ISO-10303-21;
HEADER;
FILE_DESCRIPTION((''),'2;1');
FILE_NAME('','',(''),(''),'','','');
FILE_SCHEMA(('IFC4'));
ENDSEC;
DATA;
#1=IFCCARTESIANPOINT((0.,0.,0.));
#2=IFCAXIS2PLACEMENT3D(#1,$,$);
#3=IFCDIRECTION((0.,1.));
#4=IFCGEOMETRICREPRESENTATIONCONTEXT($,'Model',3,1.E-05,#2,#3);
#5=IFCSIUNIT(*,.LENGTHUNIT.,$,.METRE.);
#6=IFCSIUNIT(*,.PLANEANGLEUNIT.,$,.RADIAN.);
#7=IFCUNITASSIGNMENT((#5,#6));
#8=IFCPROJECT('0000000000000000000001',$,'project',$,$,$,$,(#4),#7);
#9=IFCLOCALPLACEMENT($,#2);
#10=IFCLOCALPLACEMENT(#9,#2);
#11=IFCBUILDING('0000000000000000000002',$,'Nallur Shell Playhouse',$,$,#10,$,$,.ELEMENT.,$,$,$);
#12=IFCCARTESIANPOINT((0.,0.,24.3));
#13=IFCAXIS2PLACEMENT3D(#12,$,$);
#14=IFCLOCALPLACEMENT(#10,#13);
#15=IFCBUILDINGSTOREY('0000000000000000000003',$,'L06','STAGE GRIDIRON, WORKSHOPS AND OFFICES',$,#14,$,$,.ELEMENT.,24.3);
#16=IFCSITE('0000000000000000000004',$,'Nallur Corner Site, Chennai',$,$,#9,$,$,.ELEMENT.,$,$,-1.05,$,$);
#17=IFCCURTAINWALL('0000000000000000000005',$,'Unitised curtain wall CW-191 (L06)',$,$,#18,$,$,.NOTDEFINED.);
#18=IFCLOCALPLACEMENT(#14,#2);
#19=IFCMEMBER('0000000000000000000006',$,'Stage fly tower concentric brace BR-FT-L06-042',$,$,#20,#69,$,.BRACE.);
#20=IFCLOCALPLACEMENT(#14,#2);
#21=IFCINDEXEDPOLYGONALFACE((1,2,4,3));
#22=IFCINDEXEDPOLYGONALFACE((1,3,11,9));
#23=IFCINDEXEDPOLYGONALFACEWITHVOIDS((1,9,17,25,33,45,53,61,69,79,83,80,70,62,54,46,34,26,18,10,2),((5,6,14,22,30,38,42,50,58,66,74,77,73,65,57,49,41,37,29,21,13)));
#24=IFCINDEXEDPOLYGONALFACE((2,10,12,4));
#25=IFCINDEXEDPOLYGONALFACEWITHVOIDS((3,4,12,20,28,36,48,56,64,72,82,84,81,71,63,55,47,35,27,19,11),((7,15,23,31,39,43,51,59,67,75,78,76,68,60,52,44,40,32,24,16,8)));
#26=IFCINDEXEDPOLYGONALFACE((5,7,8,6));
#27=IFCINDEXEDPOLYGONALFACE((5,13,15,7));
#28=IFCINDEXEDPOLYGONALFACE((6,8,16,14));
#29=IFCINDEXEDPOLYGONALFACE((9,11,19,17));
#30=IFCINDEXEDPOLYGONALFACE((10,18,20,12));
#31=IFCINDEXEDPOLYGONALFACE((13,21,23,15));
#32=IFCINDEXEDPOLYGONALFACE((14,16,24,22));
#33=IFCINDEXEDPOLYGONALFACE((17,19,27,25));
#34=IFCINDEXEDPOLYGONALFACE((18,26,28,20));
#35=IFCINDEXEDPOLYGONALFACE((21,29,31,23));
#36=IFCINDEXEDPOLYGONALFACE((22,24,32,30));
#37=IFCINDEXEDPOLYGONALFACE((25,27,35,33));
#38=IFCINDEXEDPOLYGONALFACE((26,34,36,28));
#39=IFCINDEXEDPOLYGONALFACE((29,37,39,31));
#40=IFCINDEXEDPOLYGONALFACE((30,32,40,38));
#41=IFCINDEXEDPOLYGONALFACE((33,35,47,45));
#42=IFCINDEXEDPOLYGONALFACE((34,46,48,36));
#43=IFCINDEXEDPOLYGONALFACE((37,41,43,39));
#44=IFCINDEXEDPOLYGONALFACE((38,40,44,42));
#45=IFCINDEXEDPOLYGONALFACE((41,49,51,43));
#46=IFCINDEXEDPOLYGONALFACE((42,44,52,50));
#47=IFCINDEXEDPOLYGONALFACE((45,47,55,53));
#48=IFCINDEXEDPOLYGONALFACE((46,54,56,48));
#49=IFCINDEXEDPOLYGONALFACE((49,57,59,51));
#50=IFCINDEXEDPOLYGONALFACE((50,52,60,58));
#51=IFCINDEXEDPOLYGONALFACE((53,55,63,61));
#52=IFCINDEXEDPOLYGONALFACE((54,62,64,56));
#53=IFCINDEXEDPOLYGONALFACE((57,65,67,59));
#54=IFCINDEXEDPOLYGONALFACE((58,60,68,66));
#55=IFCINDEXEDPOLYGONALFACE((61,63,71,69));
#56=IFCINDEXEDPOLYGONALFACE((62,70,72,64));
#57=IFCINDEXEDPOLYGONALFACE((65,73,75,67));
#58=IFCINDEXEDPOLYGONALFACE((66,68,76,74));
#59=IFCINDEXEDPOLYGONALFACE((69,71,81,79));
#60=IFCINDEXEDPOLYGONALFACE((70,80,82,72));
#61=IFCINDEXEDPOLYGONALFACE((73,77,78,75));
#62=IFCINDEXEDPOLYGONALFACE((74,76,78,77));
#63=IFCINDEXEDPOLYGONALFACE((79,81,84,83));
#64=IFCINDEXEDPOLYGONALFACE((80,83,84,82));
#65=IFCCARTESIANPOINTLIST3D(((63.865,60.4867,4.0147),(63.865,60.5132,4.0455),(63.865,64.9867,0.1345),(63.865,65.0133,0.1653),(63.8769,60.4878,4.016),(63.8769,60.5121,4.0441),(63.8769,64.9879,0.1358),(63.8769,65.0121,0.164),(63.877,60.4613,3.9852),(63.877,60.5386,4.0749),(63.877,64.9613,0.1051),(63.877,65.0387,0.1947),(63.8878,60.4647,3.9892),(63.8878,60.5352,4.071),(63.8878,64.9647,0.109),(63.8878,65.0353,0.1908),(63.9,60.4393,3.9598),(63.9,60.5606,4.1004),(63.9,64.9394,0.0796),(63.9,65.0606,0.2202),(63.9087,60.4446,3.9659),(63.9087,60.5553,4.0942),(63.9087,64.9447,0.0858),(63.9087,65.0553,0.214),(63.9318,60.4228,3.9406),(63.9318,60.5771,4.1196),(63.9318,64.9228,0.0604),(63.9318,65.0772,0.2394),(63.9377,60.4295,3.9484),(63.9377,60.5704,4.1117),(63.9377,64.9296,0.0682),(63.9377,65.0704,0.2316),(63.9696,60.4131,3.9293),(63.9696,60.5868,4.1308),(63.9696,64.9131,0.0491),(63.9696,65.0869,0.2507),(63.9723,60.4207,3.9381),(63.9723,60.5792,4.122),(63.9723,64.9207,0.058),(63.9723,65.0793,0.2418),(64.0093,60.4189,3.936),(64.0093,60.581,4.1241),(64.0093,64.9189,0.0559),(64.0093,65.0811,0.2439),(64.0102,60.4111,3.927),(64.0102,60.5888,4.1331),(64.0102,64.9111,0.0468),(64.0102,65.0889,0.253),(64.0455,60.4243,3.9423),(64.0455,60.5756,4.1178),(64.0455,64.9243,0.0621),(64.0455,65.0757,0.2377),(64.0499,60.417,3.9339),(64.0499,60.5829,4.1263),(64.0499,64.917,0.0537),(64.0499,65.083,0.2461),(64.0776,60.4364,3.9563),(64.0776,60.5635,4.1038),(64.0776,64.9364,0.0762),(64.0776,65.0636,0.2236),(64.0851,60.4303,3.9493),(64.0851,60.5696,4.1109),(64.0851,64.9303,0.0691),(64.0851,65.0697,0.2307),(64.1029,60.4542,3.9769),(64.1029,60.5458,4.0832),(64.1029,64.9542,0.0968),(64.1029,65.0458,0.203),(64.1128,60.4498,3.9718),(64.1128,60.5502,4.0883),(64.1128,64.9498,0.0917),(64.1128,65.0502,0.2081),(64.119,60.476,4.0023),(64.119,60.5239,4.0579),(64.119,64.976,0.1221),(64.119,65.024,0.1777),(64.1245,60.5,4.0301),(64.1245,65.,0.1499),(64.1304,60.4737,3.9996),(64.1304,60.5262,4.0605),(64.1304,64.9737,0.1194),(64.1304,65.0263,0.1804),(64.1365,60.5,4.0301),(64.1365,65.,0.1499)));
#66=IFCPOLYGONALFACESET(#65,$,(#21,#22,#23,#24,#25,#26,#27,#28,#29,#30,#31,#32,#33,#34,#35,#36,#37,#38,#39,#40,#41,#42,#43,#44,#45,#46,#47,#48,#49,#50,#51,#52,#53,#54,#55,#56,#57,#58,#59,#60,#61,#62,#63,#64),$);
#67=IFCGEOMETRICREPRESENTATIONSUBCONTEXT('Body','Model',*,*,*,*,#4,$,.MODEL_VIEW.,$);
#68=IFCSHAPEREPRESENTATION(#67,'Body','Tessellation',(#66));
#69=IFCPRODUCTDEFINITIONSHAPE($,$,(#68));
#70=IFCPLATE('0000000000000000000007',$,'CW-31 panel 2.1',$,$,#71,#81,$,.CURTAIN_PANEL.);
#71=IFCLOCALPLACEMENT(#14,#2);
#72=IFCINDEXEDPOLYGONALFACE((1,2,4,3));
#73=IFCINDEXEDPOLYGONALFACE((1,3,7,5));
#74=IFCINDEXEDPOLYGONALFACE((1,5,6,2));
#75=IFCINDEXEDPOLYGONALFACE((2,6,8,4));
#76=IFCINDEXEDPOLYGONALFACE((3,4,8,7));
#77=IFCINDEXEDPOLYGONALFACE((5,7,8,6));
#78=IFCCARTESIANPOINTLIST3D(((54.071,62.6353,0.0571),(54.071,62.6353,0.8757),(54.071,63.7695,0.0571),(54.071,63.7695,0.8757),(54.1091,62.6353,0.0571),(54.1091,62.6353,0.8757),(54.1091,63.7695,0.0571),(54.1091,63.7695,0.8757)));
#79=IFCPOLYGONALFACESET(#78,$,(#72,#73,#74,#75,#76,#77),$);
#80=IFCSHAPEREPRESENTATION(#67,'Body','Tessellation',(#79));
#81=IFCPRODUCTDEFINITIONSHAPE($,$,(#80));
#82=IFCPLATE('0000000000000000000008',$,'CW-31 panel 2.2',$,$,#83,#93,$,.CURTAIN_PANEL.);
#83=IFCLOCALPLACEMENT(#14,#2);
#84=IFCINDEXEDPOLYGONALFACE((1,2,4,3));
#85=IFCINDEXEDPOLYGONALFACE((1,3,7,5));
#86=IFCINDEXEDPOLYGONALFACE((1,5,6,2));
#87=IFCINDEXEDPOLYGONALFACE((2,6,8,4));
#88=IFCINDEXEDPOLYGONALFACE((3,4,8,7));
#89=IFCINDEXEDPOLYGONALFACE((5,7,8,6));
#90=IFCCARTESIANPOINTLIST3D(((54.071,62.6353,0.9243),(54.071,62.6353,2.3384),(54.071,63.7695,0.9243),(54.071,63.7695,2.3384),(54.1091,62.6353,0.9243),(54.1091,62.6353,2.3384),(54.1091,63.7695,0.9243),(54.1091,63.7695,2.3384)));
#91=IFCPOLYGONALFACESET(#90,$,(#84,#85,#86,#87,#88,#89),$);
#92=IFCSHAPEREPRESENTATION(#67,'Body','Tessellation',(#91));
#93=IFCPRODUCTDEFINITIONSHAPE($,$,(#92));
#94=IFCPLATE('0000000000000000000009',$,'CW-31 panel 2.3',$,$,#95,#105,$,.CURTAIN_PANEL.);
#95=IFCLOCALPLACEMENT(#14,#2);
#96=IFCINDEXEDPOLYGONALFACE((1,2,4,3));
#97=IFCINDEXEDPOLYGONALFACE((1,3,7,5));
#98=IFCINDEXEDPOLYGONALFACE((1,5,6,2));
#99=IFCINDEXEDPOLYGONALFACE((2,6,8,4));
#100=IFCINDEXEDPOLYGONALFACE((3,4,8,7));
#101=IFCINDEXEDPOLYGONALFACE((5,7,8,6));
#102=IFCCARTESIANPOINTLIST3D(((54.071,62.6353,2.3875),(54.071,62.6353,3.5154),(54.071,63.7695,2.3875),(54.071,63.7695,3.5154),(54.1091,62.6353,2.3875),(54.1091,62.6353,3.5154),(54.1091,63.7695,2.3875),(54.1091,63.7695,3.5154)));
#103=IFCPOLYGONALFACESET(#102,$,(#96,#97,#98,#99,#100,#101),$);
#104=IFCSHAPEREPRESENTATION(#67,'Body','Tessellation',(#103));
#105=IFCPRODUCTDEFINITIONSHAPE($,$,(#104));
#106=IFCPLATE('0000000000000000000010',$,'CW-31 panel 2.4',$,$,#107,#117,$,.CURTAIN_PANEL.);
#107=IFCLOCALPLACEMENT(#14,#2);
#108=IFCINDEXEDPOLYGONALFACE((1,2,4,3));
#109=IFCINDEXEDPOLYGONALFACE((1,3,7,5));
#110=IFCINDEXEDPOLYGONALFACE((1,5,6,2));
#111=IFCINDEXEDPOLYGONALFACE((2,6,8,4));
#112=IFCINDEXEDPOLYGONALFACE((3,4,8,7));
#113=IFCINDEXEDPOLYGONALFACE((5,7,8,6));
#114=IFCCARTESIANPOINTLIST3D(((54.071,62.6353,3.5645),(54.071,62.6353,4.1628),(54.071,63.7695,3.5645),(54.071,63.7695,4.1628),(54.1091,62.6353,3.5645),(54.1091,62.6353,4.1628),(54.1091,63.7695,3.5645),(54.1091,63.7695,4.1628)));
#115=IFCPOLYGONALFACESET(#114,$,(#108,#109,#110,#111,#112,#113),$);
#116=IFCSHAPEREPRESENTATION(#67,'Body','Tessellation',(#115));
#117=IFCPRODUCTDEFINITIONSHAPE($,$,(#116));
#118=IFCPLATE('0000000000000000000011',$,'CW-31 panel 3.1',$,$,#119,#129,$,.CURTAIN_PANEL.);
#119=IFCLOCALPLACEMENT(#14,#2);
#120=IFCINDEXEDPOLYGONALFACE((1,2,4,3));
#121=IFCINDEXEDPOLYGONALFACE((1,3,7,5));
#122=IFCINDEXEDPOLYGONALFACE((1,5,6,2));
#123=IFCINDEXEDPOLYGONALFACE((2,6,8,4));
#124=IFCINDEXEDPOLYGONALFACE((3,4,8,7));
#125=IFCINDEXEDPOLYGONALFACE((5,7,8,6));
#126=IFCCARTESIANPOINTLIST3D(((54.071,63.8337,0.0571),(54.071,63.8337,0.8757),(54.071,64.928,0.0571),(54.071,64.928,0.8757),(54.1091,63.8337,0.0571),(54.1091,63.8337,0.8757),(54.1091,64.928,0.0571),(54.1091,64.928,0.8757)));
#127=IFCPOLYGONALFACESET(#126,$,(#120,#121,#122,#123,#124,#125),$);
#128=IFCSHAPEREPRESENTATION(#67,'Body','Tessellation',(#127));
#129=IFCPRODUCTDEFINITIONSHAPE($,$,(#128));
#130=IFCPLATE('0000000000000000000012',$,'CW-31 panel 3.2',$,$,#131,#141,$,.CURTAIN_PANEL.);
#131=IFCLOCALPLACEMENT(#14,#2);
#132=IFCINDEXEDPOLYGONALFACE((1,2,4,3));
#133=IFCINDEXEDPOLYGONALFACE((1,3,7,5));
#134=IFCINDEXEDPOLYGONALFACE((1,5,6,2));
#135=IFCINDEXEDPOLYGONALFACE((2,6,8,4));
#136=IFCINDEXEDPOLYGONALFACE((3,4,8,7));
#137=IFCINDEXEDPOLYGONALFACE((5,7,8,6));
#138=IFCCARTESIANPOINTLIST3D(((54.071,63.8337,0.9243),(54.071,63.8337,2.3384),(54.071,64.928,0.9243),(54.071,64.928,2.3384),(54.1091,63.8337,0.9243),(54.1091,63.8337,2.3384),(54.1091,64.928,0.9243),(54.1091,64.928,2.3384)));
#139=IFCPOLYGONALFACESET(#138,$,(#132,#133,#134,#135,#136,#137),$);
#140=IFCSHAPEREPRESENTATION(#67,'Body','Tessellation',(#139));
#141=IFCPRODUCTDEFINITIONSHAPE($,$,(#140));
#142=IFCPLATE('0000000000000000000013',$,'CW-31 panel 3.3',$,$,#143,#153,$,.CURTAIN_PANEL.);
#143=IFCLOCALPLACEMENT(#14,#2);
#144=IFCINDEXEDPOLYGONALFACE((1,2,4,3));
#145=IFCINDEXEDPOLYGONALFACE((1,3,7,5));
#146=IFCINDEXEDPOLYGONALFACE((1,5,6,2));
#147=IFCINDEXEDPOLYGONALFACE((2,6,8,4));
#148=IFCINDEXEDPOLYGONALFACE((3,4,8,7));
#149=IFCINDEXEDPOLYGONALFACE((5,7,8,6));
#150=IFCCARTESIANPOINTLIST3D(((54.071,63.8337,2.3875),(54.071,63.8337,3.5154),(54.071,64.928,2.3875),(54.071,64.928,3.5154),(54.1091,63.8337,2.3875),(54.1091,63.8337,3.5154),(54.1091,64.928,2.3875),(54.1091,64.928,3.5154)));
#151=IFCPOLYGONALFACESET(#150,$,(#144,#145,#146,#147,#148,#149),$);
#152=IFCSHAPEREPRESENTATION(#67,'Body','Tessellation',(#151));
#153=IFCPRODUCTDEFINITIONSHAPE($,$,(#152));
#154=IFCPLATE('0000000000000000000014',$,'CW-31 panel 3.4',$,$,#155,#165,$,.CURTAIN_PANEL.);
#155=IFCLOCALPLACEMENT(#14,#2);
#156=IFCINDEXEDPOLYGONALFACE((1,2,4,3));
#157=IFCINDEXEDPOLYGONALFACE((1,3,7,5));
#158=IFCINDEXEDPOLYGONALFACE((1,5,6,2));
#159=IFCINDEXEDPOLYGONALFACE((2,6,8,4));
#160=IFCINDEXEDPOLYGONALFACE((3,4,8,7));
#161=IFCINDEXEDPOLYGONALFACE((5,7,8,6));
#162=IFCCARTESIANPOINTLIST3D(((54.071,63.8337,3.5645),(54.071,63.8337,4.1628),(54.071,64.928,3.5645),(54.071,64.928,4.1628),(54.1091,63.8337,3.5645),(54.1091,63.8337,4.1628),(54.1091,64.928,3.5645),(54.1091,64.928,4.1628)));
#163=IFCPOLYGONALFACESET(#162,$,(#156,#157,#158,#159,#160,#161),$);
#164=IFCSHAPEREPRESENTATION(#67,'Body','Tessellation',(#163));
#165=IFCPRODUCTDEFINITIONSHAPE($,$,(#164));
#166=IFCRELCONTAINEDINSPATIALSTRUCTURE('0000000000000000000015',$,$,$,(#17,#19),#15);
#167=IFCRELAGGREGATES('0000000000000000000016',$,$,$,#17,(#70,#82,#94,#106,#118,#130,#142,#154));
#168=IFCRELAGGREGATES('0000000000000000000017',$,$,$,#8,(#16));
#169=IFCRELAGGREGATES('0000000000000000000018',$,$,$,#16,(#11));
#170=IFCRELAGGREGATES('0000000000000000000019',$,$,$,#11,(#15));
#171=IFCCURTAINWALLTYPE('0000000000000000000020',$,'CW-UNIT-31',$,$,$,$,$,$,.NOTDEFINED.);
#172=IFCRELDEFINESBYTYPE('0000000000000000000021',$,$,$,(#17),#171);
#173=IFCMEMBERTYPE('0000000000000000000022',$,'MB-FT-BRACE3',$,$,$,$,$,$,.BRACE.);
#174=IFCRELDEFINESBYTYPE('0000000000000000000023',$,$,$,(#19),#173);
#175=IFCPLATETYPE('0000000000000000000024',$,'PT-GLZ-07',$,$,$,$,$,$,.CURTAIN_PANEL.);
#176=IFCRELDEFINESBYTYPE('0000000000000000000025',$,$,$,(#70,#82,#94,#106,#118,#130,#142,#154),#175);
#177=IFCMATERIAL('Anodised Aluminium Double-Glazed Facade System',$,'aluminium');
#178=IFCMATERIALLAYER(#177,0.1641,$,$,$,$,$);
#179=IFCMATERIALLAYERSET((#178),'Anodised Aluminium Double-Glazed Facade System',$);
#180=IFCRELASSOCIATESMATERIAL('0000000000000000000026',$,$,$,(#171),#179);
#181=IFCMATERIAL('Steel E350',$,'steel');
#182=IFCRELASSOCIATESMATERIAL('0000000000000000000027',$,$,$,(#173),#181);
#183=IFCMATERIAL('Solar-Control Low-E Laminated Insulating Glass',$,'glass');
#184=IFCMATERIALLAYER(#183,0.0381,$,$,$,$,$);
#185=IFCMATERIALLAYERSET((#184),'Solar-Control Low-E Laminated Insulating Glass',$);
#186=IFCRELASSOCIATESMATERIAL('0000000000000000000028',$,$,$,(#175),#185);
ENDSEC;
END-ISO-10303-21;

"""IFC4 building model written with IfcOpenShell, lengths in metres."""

from ifc_helpers import new_model, si_unit, direction, frame, origin, origin_2d, place, context, subcontext, project, spatial, rectangle, hollow_circle, extrude, material, layer, layer_set, material_profile, profile_set, type_object, element, aggregate, save


model = new_model("IFC4")

# Units and contexts
model_context = context("Model", 3, precision=1e-05, world=origin(), true_north=direction((0.0, 1.0)))
body_context = subcontext(model_context, "Body", "Model", "MODEL_VIEW")
ifc_project = project(units=[si_unit("LENGTHUNIT", "METRE"), si_unit("PLANEANGLEUNIT", "RADIAN")], contexts=[model_context])

# Site, building, storey
site_placement = place(None, origin())
site = spatial("IfcSite", under=ifc_project, at=site_placement, Name="Nallur Corner Site, Chennai", CompositionType="ELEMENT", RefElevation=-1.05)
building_placement = place(site_placement, origin())
building = spatial("IfcBuilding", under=site, at=building_placement, Name="Nallur Shell Playhouse", CompositionType="ELEMENT")
storey_placement = place(building_placement, frame((0.0, 0.0, 24.3)))
storey = spatial("IfcBuildingStorey", under=building, at=storey_placement, Name="L06", Description="STAGE GRIDIRON, WORKSHOPS AND OFFICES", CompositionType="ELEMENT", Elevation=24.3)

# Shared definitions
ifc_material_1 = material(Name="Steel E350", Category="steel")

# Curtain wall
ifc_material_2 = material(Name="Anodised Aluminium Double-Glazed Facade System", Category="aluminium")
ifc_layer_1 = layer(ifc_material_2, 0.1641)
ifc_layer_set_1 = layer_set([ifc_layer_1], Name="Anodised Aluminium Double-Glazed Facade System")
curtain_wall_type = type_object("IfcCurtainWallType", Name="CW-UNIT-31", PredefinedType="NOTDEFINED", material=ifc_layer_set_1)
curtain_wall_placement = place(storey_placement, origin())
curtain_wall = element("IfcCurtainWall", 1, at=curtain_wall_placement, inside=storey, type_object=curtain_wall_type, Name="Unitised curtain wall CW-191 (L06)", PredefinedType="NOTDEFINED")

# Member
ifc_material_profile_1 = material_profile(ifc_material_1, hollow_circle(Radius=0.1365, WallThickness=0.012, at=origin_2d()), Name="CHS 273.0x12")
ifc_profile_set_1 = profile_set([ifc_material_profile_1], Name="Steel E350")
member_type_1 = type_object("IfcMemberType", Name="MB-FT-BRACE3", PredefinedType="BRACE", material=ifc_profile_set_1)
member_1_placement = place(storey_placement, frame((64.0, 65.0, 0.1499), z_axis=(0.0, -0.757342, 0.653018), x_axis=(1.0, 0.0, 0.0)))
element("IfcMember", 2, at=member_1_placement, inside=storey, type_object=member_type_1, Name="Stage fly tower concentric brace BR-FT-L06-042", PredefinedType="BRACE", context=body_context, shape_type="SweptSolid", body=[
    extrude(hollow_circle(Radius=0.1365, WallThickness=0.012, at=origin_2d()), origin(), (0.0, 0.0, 1.0), 5.9419),
])

# Plates
ifc_material_3 = material(Name="Solar-Control Low-E Laminated Insulating Glass", Category="glass")
ifc_layer_2 = layer(ifc_material_3, 0.0381)
ifc_layer_set_2 = layer_set([ifc_layer_2], Name="Solar-Control Low-E Laminated Insulating Glass")
plate_type = type_object("IfcPlateType", Name="PT-GLZ-07", PredefinedType="CURTAIN_PANEL", material=ifc_layer_set_2)
plate_1_placement = place(storey_placement, frame((54.0901, 63.2024, 0.0571), z_axis=(0.0, 0.0, 1.0), x_axis=(0.0, 1.0, 0.0)))
plate_1 = element("IfcPlate", 3, at=plate_1_placement, type_object=plate_type, Name="CW-31 panel 2.1", PredefinedType="CURTAIN_PANEL", context=body_context, shape_type="SweptSolid", body=[
    extrude(rectangle(XDim=1.1343, YDim=0.0381, at=origin_2d()), origin(), (0.0, 0.0, 1.0), 0.8186),
])
plate_2_placement = place(storey_placement, frame((54.0901, 63.2024, 0.9243), z_axis=(0.0, 0.0, 1.0), x_axis=(0.0, 1.0, 0.0)))
plate_2 = element("IfcPlate", 4, at=plate_2_placement, type_object=plate_type, Name="CW-31 panel 2.2", PredefinedType="CURTAIN_PANEL", context=body_context, shape_type="SweptSolid", body=[
    extrude(rectangle(XDim=1.1343, YDim=0.0381, at=origin_2d()), origin(), (0.0, 0.0, 1.0), 1.4141),
])
plate_3_placement = place(storey_placement, frame((54.0901, 63.2024, 2.3875), z_axis=(0.0, 0.0, 1.0), x_axis=(0.0, 1.0, 0.0)))
plate_3 = element("IfcPlate", 5, at=plate_3_placement, type_object=plate_type, Name="CW-31 panel 2.3", PredefinedType="CURTAIN_PANEL", context=body_context, shape_type="SweptSolid", body=[
    extrude(rectangle(XDim=1.1343, YDim=0.0381, at=origin_2d()), origin(), (0.0, 0.0, 1.0), 1.1279),
])
plate_4_placement = place(storey_placement, frame((54.0901, 63.2024, 3.5645), z_axis=(0.0, 0.0, 1.0), x_axis=(0.0, 1.0, 0.0)))
plate_4 = element("IfcPlate", 6, at=plate_4_placement, type_object=plate_type, Name="CW-31 panel 2.4", PredefinedType="CURTAIN_PANEL", context=body_context, shape_type="SweptSolid", body=[
    extrude(rectangle(XDim=1.1343, YDim=0.0381, at=origin_2d()), origin(), (0.0, 0.0, 1.0), 0.5984),
])
plate_5_placement = place(storey_placement, frame((54.0901, 64.3809, 0.0571), z_axis=(0.0, 0.0, 1.0), x_axis=(0.0, 1.0, 0.0)))
plate_5 = element("IfcPlate", 7, at=plate_5_placement, type_object=plate_type, Name="CW-31 panel 3.1", PredefinedType="CURTAIN_PANEL", context=body_context, shape_type="SweptSolid", body=[
    extrude(rectangle(XDim=1.0942, YDim=0.0381, at=origin_2d()), origin(), (0.0, 0.0, 1.0), 0.8186),
])
plate_6_placement = place(storey_placement, frame((54.0901, 64.3809, 0.9243), z_axis=(0.0, 0.0, 1.0), x_axis=(0.0, 1.0, 0.0)))
plate_6 = element("IfcPlate", 8, at=plate_6_placement, type_object=plate_type, Name="CW-31 panel 3.2", PredefinedType="CURTAIN_PANEL", context=body_context, shape_type="SweptSolid", body=[
    extrude(rectangle(XDim=1.0942, YDim=0.0381, at=origin_2d()), origin(), (0.0, 0.0, 1.0), 1.4141),
])
plate_7_placement = place(storey_placement, frame((54.0901, 64.3809, 2.3875), z_axis=(0.0, 0.0, 1.0), x_axis=(0.0, 1.0, 0.0)))
plate_7 = element("IfcPlate", 9, at=plate_7_placement, type_object=plate_type, Name="CW-31 panel 3.3", PredefinedType="CURTAIN_PANEL", context=body_context, shape_type="SweptSolid", body=[
    extrude(rectangle(XDim=1.0942, YDim=0.0381, at=origin_2d()), origin(), (0.0, 0.0, 1.0), 1.1279),
])
plate_8_placement = place(storey_placement, frame((54.0901, 64.3809, 3.5645), z_axis=(0.0, 0.0, 1.0), x_axis=(0.0, 1.0, 0.0)))
plate_8 = element("IfcPlate", 10, at=plate_8_placement, type_object=plate_type, Name="CW-31 panel 3.4", PredefinedType="CURTAIN_PANEL", context=body_context, shape_type="SweptSolid", body=[
    extrude(rectangle(XDim=1.0942, YDim=0.0381, at=origin_2d()), origin(), (0.0, 0.0, 1.0), 0.5984),
])
aggregate(curtain_wall, [plate_1, plate_2, plate_3, plate_4, plate_5, plate_6, plate_7, plate_8])

save(model, "model.ifc")
